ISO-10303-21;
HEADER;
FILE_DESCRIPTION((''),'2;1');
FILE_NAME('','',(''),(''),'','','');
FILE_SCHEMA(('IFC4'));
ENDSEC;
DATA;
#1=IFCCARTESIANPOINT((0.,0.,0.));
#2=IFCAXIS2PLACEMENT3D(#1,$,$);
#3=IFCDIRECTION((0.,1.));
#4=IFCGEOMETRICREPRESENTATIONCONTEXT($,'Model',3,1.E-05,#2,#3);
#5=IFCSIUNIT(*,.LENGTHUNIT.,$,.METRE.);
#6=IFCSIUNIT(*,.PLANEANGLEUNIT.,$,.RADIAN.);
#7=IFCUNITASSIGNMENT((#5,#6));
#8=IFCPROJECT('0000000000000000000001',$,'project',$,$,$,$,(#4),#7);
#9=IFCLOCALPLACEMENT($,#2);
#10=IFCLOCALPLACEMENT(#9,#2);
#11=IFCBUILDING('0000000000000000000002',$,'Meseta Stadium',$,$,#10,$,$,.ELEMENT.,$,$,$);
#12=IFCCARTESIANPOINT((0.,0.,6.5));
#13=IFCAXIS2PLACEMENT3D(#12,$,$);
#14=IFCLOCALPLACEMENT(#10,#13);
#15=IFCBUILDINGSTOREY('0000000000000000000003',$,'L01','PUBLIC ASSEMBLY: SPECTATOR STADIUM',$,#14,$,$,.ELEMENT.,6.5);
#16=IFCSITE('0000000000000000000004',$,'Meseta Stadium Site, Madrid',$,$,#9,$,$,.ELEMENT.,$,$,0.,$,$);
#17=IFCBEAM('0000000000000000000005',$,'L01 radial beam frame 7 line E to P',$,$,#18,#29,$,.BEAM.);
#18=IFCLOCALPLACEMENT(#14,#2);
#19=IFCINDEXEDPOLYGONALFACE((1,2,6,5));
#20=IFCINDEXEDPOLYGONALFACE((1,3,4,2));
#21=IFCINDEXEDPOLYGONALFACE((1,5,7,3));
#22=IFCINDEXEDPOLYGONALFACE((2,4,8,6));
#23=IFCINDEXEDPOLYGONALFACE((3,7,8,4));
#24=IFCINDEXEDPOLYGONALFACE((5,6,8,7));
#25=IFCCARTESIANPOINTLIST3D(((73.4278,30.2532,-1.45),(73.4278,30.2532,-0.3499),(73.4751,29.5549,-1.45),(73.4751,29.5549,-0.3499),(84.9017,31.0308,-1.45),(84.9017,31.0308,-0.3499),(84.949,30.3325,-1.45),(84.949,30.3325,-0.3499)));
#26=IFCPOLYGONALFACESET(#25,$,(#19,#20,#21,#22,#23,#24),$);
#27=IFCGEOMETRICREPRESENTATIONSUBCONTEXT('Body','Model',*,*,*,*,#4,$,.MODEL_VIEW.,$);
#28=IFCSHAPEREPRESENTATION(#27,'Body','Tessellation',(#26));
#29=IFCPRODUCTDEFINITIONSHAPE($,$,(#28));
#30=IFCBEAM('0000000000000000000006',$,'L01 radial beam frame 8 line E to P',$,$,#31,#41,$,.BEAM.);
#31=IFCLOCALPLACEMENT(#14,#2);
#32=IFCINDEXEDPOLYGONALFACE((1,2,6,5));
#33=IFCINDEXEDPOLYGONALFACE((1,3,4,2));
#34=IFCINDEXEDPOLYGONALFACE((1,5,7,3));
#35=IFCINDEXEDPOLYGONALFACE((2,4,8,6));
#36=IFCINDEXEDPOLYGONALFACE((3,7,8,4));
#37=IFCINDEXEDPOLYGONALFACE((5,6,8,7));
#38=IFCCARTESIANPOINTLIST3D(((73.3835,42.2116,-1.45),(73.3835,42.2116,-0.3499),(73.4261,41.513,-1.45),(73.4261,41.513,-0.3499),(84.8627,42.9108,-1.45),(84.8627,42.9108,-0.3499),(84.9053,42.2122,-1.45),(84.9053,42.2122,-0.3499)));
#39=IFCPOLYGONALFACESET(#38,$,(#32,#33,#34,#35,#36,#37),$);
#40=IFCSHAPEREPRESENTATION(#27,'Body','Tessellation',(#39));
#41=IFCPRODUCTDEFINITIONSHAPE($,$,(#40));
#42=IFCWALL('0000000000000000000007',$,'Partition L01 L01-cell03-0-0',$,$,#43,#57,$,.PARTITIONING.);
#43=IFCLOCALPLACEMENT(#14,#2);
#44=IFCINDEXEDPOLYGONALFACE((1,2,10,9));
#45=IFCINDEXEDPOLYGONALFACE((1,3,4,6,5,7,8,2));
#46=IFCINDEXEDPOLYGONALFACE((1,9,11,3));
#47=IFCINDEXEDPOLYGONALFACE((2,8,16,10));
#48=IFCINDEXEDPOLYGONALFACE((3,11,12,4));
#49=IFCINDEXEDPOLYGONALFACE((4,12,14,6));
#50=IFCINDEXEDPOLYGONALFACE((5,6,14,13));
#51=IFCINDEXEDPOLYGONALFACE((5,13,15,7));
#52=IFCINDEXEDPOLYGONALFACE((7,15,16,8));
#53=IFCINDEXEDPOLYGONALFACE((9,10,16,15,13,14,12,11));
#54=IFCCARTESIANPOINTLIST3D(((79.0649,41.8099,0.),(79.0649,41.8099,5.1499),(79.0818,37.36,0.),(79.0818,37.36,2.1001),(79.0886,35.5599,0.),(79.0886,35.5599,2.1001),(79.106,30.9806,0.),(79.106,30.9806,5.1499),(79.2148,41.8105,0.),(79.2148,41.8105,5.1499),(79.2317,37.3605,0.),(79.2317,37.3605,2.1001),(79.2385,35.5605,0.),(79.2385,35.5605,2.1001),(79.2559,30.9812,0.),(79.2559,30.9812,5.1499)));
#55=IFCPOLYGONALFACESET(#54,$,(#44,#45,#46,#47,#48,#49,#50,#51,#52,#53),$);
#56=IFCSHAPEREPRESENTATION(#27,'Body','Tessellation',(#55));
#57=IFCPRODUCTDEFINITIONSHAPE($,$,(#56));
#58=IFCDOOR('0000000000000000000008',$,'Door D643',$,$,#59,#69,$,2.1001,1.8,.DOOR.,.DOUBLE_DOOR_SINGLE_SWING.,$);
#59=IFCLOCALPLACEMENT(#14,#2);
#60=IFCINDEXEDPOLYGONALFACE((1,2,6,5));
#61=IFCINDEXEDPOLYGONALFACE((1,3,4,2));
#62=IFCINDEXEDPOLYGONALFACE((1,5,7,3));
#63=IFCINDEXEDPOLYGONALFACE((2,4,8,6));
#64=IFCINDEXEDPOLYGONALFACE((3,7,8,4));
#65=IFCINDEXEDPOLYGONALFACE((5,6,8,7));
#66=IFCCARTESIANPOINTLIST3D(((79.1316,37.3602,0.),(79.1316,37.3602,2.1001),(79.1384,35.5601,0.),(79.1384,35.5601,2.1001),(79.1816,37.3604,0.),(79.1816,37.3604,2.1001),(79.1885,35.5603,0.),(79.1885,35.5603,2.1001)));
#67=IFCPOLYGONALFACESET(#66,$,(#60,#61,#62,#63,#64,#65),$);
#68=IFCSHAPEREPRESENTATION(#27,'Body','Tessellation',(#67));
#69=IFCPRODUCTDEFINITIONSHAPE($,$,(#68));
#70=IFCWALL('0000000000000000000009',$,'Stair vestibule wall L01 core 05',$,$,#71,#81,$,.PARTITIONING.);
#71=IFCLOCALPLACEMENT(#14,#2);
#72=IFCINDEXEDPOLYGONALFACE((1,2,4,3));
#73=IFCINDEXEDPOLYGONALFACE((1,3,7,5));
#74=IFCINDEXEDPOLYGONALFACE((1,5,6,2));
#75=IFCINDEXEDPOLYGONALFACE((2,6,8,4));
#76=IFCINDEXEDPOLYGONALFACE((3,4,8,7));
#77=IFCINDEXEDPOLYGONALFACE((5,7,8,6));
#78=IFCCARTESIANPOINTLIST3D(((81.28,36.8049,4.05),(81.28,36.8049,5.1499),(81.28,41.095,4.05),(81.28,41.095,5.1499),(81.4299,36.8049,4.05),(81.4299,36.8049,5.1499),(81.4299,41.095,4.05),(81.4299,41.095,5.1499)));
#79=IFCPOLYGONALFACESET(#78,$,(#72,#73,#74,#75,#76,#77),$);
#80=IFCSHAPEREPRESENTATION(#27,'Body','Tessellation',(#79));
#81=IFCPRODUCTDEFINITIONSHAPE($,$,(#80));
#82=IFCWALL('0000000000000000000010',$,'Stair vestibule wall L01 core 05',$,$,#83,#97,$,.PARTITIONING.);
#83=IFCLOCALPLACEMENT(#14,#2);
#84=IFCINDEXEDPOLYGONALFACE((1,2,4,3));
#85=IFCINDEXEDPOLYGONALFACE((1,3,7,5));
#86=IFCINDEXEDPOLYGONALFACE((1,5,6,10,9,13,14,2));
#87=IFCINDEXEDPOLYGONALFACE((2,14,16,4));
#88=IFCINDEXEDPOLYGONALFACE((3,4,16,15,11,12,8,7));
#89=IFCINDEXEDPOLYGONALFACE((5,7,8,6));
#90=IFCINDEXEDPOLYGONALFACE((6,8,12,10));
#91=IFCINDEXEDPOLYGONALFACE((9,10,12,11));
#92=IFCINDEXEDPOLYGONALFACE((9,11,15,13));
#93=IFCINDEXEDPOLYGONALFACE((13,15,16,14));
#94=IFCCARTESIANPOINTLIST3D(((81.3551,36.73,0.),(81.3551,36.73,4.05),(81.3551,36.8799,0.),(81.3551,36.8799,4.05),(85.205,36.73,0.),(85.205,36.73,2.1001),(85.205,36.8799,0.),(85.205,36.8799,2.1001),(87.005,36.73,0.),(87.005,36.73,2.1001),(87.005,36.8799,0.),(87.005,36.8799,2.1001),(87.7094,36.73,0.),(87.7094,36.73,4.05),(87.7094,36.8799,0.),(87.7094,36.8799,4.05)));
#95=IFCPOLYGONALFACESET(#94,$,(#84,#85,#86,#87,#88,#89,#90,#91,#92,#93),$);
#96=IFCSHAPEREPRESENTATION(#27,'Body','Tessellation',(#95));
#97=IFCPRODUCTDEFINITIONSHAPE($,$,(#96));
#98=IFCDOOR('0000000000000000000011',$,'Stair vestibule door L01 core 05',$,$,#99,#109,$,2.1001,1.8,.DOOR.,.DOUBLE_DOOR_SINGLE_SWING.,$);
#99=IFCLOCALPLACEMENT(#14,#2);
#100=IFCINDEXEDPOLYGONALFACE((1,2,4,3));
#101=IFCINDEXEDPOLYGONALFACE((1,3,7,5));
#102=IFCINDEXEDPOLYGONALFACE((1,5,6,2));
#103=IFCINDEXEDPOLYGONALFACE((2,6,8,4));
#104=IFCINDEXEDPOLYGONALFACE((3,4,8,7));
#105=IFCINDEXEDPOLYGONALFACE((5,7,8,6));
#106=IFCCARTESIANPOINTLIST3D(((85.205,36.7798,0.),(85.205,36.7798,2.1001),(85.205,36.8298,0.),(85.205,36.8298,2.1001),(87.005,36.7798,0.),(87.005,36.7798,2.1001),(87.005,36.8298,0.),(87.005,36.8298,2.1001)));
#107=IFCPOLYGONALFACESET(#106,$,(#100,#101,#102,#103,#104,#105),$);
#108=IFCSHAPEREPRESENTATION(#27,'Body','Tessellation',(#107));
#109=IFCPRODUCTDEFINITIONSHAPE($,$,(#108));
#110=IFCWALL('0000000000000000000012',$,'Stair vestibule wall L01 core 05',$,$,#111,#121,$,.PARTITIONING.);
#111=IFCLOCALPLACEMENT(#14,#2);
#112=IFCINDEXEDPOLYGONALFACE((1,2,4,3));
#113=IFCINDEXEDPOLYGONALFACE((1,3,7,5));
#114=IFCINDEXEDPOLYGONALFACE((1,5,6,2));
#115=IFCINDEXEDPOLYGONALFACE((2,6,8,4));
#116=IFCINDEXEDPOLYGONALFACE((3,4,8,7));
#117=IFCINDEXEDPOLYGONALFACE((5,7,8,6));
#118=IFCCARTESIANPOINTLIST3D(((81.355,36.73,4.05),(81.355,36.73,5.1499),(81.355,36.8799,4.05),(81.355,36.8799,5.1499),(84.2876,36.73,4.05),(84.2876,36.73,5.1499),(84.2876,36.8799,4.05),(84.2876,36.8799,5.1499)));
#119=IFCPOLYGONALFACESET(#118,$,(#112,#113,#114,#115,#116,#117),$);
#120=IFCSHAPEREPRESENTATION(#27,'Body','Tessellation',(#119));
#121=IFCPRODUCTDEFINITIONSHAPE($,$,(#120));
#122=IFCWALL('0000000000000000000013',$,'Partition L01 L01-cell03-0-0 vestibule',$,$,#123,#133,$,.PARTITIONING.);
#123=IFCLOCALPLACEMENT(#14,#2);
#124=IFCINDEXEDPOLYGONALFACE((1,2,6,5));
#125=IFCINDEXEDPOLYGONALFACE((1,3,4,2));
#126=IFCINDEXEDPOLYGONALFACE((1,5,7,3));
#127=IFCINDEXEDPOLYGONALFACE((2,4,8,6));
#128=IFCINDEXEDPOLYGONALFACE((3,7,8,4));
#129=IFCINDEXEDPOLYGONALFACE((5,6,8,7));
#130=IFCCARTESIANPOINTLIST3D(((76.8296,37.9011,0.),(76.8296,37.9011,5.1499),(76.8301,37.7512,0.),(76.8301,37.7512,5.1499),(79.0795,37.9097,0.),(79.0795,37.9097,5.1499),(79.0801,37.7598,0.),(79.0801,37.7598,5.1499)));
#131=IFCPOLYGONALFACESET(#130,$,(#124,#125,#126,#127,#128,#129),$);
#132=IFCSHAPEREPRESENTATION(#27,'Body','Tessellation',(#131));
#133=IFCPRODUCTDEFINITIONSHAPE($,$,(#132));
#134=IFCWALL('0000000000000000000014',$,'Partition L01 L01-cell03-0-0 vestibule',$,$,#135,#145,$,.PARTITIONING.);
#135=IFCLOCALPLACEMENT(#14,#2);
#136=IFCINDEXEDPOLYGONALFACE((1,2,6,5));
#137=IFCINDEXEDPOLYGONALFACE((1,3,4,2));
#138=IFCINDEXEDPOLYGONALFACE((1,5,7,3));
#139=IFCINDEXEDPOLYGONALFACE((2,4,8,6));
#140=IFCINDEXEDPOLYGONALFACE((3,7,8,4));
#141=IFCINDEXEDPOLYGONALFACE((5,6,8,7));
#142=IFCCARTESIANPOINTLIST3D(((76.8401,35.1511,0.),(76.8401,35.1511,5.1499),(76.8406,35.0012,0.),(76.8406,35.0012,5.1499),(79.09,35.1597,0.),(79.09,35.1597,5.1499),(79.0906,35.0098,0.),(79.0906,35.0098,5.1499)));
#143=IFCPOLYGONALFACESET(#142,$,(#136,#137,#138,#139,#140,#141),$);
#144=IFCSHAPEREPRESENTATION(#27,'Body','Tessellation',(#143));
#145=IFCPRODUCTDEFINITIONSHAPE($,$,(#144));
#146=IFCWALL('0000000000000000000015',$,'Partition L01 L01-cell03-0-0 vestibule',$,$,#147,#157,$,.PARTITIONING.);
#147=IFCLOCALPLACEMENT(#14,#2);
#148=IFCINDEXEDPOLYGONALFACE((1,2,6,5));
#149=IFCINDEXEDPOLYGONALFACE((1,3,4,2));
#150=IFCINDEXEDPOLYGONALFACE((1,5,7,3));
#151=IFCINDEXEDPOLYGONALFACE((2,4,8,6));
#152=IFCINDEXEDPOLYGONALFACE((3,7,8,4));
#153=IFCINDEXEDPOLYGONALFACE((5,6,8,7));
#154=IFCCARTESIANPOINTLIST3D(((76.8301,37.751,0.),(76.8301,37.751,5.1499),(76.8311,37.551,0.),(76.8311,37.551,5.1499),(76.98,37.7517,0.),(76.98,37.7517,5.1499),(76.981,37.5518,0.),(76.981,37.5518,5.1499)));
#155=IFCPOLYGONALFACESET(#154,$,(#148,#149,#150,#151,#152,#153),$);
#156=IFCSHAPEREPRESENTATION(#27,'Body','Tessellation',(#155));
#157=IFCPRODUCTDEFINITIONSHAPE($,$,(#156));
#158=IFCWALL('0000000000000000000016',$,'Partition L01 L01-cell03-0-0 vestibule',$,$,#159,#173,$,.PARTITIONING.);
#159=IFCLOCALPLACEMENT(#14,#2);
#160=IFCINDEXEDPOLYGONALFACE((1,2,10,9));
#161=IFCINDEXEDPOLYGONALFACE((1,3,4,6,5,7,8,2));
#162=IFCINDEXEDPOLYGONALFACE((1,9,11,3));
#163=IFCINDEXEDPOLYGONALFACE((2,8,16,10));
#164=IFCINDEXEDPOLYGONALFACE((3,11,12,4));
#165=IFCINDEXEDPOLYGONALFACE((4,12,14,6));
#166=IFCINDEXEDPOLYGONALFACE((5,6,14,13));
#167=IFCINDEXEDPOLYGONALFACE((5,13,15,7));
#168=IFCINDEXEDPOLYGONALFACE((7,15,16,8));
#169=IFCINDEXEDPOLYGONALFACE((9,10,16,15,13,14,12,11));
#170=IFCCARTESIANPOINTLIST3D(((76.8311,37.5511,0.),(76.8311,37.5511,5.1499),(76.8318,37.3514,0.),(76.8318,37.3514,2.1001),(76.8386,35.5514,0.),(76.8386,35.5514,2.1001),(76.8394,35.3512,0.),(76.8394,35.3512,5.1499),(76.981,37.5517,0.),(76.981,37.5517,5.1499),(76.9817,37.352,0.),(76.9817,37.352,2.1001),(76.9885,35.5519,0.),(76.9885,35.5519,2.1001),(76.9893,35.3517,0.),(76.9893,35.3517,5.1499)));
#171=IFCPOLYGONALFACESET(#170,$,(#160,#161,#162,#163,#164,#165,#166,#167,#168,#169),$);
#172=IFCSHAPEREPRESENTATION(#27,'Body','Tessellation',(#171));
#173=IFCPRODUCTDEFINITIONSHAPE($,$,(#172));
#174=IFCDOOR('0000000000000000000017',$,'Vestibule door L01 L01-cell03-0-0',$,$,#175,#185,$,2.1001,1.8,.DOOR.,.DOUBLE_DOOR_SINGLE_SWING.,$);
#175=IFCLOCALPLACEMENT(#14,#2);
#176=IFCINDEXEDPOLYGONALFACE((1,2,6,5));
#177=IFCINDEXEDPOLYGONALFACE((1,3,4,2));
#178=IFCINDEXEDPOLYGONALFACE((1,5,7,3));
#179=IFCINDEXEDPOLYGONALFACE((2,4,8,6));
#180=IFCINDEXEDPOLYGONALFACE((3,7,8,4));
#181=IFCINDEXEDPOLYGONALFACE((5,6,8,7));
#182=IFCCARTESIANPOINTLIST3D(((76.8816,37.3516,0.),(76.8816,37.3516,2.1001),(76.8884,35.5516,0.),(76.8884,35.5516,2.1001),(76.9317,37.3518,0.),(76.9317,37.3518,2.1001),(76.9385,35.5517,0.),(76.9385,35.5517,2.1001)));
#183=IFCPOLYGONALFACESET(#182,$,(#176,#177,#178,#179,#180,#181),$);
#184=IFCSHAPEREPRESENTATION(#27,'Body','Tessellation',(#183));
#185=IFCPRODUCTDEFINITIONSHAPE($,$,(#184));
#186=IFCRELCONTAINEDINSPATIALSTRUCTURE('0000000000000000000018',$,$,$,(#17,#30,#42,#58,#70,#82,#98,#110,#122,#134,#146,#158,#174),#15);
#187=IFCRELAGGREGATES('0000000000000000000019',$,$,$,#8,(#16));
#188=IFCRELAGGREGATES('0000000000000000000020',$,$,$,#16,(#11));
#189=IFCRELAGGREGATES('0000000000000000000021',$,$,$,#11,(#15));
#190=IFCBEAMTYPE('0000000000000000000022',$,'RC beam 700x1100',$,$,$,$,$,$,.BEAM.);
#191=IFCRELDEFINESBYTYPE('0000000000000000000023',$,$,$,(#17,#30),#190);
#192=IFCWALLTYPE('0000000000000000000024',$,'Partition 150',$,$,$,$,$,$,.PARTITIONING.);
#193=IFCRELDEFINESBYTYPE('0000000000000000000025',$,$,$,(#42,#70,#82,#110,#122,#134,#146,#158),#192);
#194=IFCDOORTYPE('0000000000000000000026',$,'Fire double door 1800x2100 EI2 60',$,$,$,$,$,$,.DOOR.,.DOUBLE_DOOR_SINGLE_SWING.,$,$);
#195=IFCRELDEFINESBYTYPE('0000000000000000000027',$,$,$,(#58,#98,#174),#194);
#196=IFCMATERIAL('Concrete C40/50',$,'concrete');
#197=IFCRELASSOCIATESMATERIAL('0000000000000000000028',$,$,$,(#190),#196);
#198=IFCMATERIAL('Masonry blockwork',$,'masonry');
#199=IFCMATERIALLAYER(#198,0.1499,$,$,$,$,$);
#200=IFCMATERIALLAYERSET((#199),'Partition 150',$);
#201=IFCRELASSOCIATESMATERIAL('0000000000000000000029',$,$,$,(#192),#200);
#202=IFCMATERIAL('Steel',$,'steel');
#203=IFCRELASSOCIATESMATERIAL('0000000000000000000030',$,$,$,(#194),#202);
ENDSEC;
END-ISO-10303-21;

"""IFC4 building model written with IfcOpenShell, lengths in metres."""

from ifc_helpers import new_model, si_unit, direction, frame, frame_2d, origin, origin_2d, place, context, subcontext, project, spatial, rectangle, extrude, material, layer, layer_set, material_profile, profile_set, type_object, element, fill, save


model = new_model("IFC4")

# Units and contexts
model_context = context("Model", 3, precision=1e-05, world=origin(), true_north=direction((0.0, 1.0)))
body_context = subcontext(model_context, "Body", "Model", "MODEL_VIEW")
ifc_project = project(units=[si_unit("LENGTHUNIT", "METRE"), si_unit("PLANEANGLEUNIT", "RADIAN")], contexts=[model_context])

# Site, building, storey
site_placement = place(None, origin())
site = spatial("IfcSite", under=ifc_project, at=site_placement, Name="Meseta Stadium Site, Madrid", CompositionType="ELEMENT", RefElevation=0.0)
building_placement = place(site_placement, origin())
building = spatial("IfcBuilding", under=site, at=building_placement, Name="Meseta Stadium", CompositionType="ELEMENT")
storey_placement = place(building_placement, frame((0.0, 0.0, 6.5)))
storey = spatial("IfcBuildingStorey", under=building, at=storey_placement, Name="L01", Description="PUBLIC ASSEMBLY: SPECTATOR STADIUM", CompositionType="ELEMENT", Elevation=6.5)

# Beams
ifc_material_1 = material(Name="Concrete C40/50", Category="concrete")
ifc_material_profile_1 = material_profile(ifc_material_1, rectangle(XDim=0.7, YDim=1.1001, at=origin_2d()), Name="RC 700x1100")
ifc_profile_set_1 = profile_set([ifc_material_profile_1], Name="Concrete C40/50")
beam_type_1 = type_object("IfcBeamType", Name="RC beam 700x1100", PredefinedType="BEAM", material=ifc_profile_set_1)
beam_1_placement = place(storey_placement, frame((73.4514, 29.9041, -0.8999), z_axis=(0.997711, 0.067615, 0.0), x_axis=(-0.067615, 0.997711, 0.0)))
element("IfcBeam", 1, at=beam_1_placement, inside=storey, type_object=beam_type_1, Name="L01 radial beam frame 7 line E to P", PredefinedType="BEAM", context=body_context, shape_type="SweptSolid", body=[
    extrude(rectangle(XDim=0.7, YDim=1.1001, at=origin_2d()), origin(), (0.0, 0.0, 1.0), 11.5002),
])
beam_2_placement = place(storey_placement, frame((73.4048, 41.8623, -0.8999), z_axis=(0.99815, 0.060799, 0.0), x_axis=(-0.060799, 0.99815, 0.0)))
element("IfcBeam", 2, at=beam_2_placement, inside=storey, type_object=beam_type_1, Name="L01 radial beam frame 8 line E to P", PredefinedType="BEAM", context=body_context, shape_type="SweptSolid", body=[
    extrude(rectangle(XDim=0.7, YDim=1.1001, at=origin_2d()), origin(), (0.0, 0.0, 1.0), 11.5005),
])

# Wall, opening, door
ifc_material_2 = material(Name="Masonry blockwork", Category="masonry")
ifc_layer = layer(ifc_material_2, 0.1499)
ifc_layer_set = layer_set([ifc_layer], Name="Partition 150")
wall_type = type_object("IfcWallType", Name="Partition 150", PredefinedType="PARTITIONING", material=ifc_layer_set)
wall_1_placement = place(storey_placement, frame((79.1399, 41.8101, 0.0), z_axis=(0.0, 0.0, 1.0), x_axis=(0.003787, -0.999993, 0.0)))
wall_1 = element("IfcWall", 3, at=wall_1_placement, inside=storey, type_object=wall_type, Name="Partition L01 L01-cell03-0-0", PredefinedType="PARTITIONING", context=body_context, shape_type="SweptSolid", body=[
    extrude(rectangle(XDim=10.8293, YDim=0.1499, at=frame_2d((5.4146, 0.0))), origin(), (0.0, 0.0, 1.0), 5.1499),
])
opening_1_placement = place(wall_1_placement, frame((4.45, 0.0, 0.0)))
opening_1 = element("IfcOpeningElement", 4, at=opening_1_placement, cuts=wall_1, PredefinedType="OPENING", context=body_context, shape_type="SweptSolid", body=[
    extrude(rectangle(XDim=1.8, YDim=2.1001, at=frame_2d((0.8999, 1.05))), frame((0.0, 0.085, 0.0), z_axis=(0.0, -1.0, 0.0), x_axis=(1.0, 0.0, 0.0)), (0.0, 0.0, 1.0), 0.1699),
])
ifc_material_3 = material(Name="Steel", Category="steel")
door_type = type_object("IfcDoorType", Name="Fire double door 1800x2100 EI2 60", OperationType="DOUBLE_DOOR_SINGLE_SWING", PredefinedType="DOOR", material=ifc_material_3)
door_1_placement = place(opening_1_placement, origin())
door_1 = element("IfcDoor", 5, at=door_1_placement, inside=storey, type_object=door_type, Name="Door D643", OperationType="DOUBLE_DOOR_SINGLE_SWING", OverallHeight=2.1001, OverallWidth=1.8, PredefinedType="DOOR", context=body_context, shape_type="SweptSolid", body=[
    extrude(rectangle(XDim=1.8, YDim=2.1001, at=frame_2d((0.8999, 1.05))), frame((0.0, 0.0249, 0.0), z_axis=(0.0, -1.0, 0.0), x_axis=(1.0, 0.0, 0.0)), (0.0, 0.0, 1.0), 0.05),
])
fill(opening_1, door_1)

# Wall
wall_2_placement = place(storey_placement, frame((81.355, 41.095, 4.05), z_axis=(0.0, 0.0, 1.0), x_axis=(0.0, -1.0, 0.0)))
element("IfcWall", 6, at=wall_2_placement, inside=storey, type_object=wall_type, Name="Stair vestibule wall L01 core 05", PredefinedType="PARTITIONING", context=body_context, shape_type="SweptSolid", body=[
    extrude(rectangle(XDim=4.29, YDim=0.1499, at=frame_2d((2.145, 0.0))), origin(), (0.0, 0.0, 1.0), 1.0999),
])

# Wall, opening, door
wall_3_placement = place(storey_placement, frame((81.355, 36.8049, 0.0), z_axis=(0.0, 0.0, 1.0), x_axis=(1.0, 0.0, 0.0)))
wall_3 = element("IfcWall", 7, at=wall_3_placement, inside=storey, type_object=wall_type, Name="Stair vestibule wall L01 core 05", PredefinedType="PARTITIONING", context=body_context, shape_type="SweptSolid", body=[
    extrude(rectangle(XDim=6.3542, YDim=0.1499, at=frame_2d((3.1772, 0.0))), origin(), (0.0, 0.0, 1.0), 4.05),
])
opening_2_placement = place(wall_3_placement, frame((3.8501, 0.0, 0.0)))
opening_2 = element("IfcOpeningElement", 8, at=opening_2_placement, cuts=wall_3, PredefinedType="OPENING", context=body_context, shape_type="SweptSolid", body=[
    extrude(rectangle(XDim=1.8, YDim=2.1001, at=frame_2d((0.8999, 1.05))), frame((0.0, 0.085, 0.0), z_axis=(0.0, -1.0, 0.0), x_axis=(1.0, 0.0, 0.0)), (0.0, 0.0, 1.0), 0.1699),
])
door_2_placement = place(opening_2_placement, origin())
door_2 = element("IfcDoor", 9, at=door_2_placement, inside=storey, type_object=door_type, Name="Stair vestibule door L01 core 05", OperationType="DOUBLE_DOOR_SINGLE_SWING", OverallHeight=2.1001, OverallWidth=1.8, PredefinedType="DOOR", context=body_context, shape_type="SweptSolid", body=[
    extrude(rectangle(XDim=1.8, YDim=2.1001, at=frame_2d((0.8999, 1.05))), frame((0.0, 0.0249, 0.0), z_axis=(0.0, -1.0, 0.0), x_axis=(1.0, 0.0, 0.0)), (0.0, 0.0, 1.0), 0.05),
])
fill(opening_2, door_2)

# Walls
wall_4_placement = place(storey_placement, frame((81.355, 36.8049, 4.05), z_axis=(0.0, 0.0, 1.0), x_axis=(1.0, 0.0, 0.0)))
element("IfcWall", 10, at=wall_4_placement, inside=storey, type_object=wall_type, Name="Stair vestibule wall L01 core 05", PredefinedType="PARTITIONING", context=body_context, shape_type="SweptSolid", body=[
    extrude(rectangle(XDim=2.9326, YDim=0.1499, at=frame_2d((1.4663, 0.0))), origin(), (0.0, 0.0, 1.0), 1.0999),
])
for number, where, z_axis, x_axis, name in (
    (11, (79.0798, 37.8347, 0.0), (0.0, 0.0, 1.0), (-0.999993, -0.003798, 0.0), "Partition L01 L01-cell03-0-0 vestibule"),
    (12, (79.0903, 35.0847, 0.0), (0.0, 0.0, 1.0), (-0.999993, -0.003798, 0.0), "Partition L01 L01-cell03-0-0 vestibule"),
):
    element("IfcWall", number, at=place(storey_placement, frame(where, z_axis=z_axis, x_axis=x_axis)), inside=storey, type_object=wall_type, Name=name, PredefinedType="PARTITIONING", context=body_context, shape_type="SweptSolid", body=[
        extrude(rectangle(XDim=2.25, YDim=0.1499, at=frame_2d((1.125, 0.0))), origin(), (0.0, 0.0, 1.0), 5.1499),
    ])
wall_5_placement = place(storey_placement, frame((76.905, 37.7515, 0.0), z_axis=(0.0, 0.0, 1.0), x_axis=(0.004884, -0.999988, 0.0)))
element("IfcWall", 13, at=wall_5_placement, inside=storey, type_object=wall_type, Name="Partition L01 L01-cell03-0-0 vestibule", PredefinedType="PARTITIONING", context=body_context, shape_type="SweptSolid", body=[
    extrude(rectangle(XDim=0.2, YDim=0.1499, at=frame_2d((0.1001, 0.0))), origin(), (0.0, 0.0, 1.0), 5.1499),
])

# Wall, opening, door
wall_6_placement = place(storey_placement, frame((76.906, 37.5515, 0.0), z_axis=(0.0, 0.0, 1.0), x_axis=(0.003773, -0.999993, 0.0)))
wall_6 = element("IfcWall", 14, at=wall_6_placement, inside=storey, type_object=wall_type, Name="Partition L01 L01-cell03-0-0 vestibule", PredefinedType="PARTITIONING", context=body_context, shape_type="SweptSolid", body=[
    extrude(rectangle(XDim=2.2, YDim=0.1499, at=frame_2d((1.1001, 0.0))), origin(), (0.0, 0.0, 1.0), 5.1499),
])
opening_3_placement = place(wall_6_placement, frame((0.2, 0.0, 0.0)))
opening_3 = element("IfcOpeningElement", 15, at=opening_3_placement, cuts=wall_6, PredefinedType="OPENING", context=body_context, shape_type="SweptSolid", body=[
    extrude(rectangle(XDim=1.8, YDim=2.1001, at=frame_2d((0.8999, 1.05))), frame((0.0, 0.085, 0.0), z_axis=(0.0, -1.0, 0.0), x_axis=(1.0, 0.0, 0.0)), (0.0, 0.0, 1.0), 0.1699),
])
door_3_placement = place(opening_3_placement, origin())
door_3 = element("IfcDoor", 16, at=door_3_placement, inside=storey, type_object=door_type, Name="Vestibule door L01 L01-cell03-0-0", OperationType="DOUBLE_DOOR_SINGLE_SWING", OverallHeight=2.1001, OverallWidth=1.8, PredefinedType="DOOR", context=body_context, shape_type="SweptSolid", body=[
    extrude(rectangle(XDim=1.8, YDim=2.1001, at=frame_2d((0.8999, 1.05))), frame((0.0, 0.0249, 0.0), z_axis=(0.0, -1.0, 0.0), x_axis=(1.0, 0.0, 0.0)), (0.0, 0.0, 1.0), 0.05),
])
fill(opening_3, door_3)

save(model, "model.ifc")
